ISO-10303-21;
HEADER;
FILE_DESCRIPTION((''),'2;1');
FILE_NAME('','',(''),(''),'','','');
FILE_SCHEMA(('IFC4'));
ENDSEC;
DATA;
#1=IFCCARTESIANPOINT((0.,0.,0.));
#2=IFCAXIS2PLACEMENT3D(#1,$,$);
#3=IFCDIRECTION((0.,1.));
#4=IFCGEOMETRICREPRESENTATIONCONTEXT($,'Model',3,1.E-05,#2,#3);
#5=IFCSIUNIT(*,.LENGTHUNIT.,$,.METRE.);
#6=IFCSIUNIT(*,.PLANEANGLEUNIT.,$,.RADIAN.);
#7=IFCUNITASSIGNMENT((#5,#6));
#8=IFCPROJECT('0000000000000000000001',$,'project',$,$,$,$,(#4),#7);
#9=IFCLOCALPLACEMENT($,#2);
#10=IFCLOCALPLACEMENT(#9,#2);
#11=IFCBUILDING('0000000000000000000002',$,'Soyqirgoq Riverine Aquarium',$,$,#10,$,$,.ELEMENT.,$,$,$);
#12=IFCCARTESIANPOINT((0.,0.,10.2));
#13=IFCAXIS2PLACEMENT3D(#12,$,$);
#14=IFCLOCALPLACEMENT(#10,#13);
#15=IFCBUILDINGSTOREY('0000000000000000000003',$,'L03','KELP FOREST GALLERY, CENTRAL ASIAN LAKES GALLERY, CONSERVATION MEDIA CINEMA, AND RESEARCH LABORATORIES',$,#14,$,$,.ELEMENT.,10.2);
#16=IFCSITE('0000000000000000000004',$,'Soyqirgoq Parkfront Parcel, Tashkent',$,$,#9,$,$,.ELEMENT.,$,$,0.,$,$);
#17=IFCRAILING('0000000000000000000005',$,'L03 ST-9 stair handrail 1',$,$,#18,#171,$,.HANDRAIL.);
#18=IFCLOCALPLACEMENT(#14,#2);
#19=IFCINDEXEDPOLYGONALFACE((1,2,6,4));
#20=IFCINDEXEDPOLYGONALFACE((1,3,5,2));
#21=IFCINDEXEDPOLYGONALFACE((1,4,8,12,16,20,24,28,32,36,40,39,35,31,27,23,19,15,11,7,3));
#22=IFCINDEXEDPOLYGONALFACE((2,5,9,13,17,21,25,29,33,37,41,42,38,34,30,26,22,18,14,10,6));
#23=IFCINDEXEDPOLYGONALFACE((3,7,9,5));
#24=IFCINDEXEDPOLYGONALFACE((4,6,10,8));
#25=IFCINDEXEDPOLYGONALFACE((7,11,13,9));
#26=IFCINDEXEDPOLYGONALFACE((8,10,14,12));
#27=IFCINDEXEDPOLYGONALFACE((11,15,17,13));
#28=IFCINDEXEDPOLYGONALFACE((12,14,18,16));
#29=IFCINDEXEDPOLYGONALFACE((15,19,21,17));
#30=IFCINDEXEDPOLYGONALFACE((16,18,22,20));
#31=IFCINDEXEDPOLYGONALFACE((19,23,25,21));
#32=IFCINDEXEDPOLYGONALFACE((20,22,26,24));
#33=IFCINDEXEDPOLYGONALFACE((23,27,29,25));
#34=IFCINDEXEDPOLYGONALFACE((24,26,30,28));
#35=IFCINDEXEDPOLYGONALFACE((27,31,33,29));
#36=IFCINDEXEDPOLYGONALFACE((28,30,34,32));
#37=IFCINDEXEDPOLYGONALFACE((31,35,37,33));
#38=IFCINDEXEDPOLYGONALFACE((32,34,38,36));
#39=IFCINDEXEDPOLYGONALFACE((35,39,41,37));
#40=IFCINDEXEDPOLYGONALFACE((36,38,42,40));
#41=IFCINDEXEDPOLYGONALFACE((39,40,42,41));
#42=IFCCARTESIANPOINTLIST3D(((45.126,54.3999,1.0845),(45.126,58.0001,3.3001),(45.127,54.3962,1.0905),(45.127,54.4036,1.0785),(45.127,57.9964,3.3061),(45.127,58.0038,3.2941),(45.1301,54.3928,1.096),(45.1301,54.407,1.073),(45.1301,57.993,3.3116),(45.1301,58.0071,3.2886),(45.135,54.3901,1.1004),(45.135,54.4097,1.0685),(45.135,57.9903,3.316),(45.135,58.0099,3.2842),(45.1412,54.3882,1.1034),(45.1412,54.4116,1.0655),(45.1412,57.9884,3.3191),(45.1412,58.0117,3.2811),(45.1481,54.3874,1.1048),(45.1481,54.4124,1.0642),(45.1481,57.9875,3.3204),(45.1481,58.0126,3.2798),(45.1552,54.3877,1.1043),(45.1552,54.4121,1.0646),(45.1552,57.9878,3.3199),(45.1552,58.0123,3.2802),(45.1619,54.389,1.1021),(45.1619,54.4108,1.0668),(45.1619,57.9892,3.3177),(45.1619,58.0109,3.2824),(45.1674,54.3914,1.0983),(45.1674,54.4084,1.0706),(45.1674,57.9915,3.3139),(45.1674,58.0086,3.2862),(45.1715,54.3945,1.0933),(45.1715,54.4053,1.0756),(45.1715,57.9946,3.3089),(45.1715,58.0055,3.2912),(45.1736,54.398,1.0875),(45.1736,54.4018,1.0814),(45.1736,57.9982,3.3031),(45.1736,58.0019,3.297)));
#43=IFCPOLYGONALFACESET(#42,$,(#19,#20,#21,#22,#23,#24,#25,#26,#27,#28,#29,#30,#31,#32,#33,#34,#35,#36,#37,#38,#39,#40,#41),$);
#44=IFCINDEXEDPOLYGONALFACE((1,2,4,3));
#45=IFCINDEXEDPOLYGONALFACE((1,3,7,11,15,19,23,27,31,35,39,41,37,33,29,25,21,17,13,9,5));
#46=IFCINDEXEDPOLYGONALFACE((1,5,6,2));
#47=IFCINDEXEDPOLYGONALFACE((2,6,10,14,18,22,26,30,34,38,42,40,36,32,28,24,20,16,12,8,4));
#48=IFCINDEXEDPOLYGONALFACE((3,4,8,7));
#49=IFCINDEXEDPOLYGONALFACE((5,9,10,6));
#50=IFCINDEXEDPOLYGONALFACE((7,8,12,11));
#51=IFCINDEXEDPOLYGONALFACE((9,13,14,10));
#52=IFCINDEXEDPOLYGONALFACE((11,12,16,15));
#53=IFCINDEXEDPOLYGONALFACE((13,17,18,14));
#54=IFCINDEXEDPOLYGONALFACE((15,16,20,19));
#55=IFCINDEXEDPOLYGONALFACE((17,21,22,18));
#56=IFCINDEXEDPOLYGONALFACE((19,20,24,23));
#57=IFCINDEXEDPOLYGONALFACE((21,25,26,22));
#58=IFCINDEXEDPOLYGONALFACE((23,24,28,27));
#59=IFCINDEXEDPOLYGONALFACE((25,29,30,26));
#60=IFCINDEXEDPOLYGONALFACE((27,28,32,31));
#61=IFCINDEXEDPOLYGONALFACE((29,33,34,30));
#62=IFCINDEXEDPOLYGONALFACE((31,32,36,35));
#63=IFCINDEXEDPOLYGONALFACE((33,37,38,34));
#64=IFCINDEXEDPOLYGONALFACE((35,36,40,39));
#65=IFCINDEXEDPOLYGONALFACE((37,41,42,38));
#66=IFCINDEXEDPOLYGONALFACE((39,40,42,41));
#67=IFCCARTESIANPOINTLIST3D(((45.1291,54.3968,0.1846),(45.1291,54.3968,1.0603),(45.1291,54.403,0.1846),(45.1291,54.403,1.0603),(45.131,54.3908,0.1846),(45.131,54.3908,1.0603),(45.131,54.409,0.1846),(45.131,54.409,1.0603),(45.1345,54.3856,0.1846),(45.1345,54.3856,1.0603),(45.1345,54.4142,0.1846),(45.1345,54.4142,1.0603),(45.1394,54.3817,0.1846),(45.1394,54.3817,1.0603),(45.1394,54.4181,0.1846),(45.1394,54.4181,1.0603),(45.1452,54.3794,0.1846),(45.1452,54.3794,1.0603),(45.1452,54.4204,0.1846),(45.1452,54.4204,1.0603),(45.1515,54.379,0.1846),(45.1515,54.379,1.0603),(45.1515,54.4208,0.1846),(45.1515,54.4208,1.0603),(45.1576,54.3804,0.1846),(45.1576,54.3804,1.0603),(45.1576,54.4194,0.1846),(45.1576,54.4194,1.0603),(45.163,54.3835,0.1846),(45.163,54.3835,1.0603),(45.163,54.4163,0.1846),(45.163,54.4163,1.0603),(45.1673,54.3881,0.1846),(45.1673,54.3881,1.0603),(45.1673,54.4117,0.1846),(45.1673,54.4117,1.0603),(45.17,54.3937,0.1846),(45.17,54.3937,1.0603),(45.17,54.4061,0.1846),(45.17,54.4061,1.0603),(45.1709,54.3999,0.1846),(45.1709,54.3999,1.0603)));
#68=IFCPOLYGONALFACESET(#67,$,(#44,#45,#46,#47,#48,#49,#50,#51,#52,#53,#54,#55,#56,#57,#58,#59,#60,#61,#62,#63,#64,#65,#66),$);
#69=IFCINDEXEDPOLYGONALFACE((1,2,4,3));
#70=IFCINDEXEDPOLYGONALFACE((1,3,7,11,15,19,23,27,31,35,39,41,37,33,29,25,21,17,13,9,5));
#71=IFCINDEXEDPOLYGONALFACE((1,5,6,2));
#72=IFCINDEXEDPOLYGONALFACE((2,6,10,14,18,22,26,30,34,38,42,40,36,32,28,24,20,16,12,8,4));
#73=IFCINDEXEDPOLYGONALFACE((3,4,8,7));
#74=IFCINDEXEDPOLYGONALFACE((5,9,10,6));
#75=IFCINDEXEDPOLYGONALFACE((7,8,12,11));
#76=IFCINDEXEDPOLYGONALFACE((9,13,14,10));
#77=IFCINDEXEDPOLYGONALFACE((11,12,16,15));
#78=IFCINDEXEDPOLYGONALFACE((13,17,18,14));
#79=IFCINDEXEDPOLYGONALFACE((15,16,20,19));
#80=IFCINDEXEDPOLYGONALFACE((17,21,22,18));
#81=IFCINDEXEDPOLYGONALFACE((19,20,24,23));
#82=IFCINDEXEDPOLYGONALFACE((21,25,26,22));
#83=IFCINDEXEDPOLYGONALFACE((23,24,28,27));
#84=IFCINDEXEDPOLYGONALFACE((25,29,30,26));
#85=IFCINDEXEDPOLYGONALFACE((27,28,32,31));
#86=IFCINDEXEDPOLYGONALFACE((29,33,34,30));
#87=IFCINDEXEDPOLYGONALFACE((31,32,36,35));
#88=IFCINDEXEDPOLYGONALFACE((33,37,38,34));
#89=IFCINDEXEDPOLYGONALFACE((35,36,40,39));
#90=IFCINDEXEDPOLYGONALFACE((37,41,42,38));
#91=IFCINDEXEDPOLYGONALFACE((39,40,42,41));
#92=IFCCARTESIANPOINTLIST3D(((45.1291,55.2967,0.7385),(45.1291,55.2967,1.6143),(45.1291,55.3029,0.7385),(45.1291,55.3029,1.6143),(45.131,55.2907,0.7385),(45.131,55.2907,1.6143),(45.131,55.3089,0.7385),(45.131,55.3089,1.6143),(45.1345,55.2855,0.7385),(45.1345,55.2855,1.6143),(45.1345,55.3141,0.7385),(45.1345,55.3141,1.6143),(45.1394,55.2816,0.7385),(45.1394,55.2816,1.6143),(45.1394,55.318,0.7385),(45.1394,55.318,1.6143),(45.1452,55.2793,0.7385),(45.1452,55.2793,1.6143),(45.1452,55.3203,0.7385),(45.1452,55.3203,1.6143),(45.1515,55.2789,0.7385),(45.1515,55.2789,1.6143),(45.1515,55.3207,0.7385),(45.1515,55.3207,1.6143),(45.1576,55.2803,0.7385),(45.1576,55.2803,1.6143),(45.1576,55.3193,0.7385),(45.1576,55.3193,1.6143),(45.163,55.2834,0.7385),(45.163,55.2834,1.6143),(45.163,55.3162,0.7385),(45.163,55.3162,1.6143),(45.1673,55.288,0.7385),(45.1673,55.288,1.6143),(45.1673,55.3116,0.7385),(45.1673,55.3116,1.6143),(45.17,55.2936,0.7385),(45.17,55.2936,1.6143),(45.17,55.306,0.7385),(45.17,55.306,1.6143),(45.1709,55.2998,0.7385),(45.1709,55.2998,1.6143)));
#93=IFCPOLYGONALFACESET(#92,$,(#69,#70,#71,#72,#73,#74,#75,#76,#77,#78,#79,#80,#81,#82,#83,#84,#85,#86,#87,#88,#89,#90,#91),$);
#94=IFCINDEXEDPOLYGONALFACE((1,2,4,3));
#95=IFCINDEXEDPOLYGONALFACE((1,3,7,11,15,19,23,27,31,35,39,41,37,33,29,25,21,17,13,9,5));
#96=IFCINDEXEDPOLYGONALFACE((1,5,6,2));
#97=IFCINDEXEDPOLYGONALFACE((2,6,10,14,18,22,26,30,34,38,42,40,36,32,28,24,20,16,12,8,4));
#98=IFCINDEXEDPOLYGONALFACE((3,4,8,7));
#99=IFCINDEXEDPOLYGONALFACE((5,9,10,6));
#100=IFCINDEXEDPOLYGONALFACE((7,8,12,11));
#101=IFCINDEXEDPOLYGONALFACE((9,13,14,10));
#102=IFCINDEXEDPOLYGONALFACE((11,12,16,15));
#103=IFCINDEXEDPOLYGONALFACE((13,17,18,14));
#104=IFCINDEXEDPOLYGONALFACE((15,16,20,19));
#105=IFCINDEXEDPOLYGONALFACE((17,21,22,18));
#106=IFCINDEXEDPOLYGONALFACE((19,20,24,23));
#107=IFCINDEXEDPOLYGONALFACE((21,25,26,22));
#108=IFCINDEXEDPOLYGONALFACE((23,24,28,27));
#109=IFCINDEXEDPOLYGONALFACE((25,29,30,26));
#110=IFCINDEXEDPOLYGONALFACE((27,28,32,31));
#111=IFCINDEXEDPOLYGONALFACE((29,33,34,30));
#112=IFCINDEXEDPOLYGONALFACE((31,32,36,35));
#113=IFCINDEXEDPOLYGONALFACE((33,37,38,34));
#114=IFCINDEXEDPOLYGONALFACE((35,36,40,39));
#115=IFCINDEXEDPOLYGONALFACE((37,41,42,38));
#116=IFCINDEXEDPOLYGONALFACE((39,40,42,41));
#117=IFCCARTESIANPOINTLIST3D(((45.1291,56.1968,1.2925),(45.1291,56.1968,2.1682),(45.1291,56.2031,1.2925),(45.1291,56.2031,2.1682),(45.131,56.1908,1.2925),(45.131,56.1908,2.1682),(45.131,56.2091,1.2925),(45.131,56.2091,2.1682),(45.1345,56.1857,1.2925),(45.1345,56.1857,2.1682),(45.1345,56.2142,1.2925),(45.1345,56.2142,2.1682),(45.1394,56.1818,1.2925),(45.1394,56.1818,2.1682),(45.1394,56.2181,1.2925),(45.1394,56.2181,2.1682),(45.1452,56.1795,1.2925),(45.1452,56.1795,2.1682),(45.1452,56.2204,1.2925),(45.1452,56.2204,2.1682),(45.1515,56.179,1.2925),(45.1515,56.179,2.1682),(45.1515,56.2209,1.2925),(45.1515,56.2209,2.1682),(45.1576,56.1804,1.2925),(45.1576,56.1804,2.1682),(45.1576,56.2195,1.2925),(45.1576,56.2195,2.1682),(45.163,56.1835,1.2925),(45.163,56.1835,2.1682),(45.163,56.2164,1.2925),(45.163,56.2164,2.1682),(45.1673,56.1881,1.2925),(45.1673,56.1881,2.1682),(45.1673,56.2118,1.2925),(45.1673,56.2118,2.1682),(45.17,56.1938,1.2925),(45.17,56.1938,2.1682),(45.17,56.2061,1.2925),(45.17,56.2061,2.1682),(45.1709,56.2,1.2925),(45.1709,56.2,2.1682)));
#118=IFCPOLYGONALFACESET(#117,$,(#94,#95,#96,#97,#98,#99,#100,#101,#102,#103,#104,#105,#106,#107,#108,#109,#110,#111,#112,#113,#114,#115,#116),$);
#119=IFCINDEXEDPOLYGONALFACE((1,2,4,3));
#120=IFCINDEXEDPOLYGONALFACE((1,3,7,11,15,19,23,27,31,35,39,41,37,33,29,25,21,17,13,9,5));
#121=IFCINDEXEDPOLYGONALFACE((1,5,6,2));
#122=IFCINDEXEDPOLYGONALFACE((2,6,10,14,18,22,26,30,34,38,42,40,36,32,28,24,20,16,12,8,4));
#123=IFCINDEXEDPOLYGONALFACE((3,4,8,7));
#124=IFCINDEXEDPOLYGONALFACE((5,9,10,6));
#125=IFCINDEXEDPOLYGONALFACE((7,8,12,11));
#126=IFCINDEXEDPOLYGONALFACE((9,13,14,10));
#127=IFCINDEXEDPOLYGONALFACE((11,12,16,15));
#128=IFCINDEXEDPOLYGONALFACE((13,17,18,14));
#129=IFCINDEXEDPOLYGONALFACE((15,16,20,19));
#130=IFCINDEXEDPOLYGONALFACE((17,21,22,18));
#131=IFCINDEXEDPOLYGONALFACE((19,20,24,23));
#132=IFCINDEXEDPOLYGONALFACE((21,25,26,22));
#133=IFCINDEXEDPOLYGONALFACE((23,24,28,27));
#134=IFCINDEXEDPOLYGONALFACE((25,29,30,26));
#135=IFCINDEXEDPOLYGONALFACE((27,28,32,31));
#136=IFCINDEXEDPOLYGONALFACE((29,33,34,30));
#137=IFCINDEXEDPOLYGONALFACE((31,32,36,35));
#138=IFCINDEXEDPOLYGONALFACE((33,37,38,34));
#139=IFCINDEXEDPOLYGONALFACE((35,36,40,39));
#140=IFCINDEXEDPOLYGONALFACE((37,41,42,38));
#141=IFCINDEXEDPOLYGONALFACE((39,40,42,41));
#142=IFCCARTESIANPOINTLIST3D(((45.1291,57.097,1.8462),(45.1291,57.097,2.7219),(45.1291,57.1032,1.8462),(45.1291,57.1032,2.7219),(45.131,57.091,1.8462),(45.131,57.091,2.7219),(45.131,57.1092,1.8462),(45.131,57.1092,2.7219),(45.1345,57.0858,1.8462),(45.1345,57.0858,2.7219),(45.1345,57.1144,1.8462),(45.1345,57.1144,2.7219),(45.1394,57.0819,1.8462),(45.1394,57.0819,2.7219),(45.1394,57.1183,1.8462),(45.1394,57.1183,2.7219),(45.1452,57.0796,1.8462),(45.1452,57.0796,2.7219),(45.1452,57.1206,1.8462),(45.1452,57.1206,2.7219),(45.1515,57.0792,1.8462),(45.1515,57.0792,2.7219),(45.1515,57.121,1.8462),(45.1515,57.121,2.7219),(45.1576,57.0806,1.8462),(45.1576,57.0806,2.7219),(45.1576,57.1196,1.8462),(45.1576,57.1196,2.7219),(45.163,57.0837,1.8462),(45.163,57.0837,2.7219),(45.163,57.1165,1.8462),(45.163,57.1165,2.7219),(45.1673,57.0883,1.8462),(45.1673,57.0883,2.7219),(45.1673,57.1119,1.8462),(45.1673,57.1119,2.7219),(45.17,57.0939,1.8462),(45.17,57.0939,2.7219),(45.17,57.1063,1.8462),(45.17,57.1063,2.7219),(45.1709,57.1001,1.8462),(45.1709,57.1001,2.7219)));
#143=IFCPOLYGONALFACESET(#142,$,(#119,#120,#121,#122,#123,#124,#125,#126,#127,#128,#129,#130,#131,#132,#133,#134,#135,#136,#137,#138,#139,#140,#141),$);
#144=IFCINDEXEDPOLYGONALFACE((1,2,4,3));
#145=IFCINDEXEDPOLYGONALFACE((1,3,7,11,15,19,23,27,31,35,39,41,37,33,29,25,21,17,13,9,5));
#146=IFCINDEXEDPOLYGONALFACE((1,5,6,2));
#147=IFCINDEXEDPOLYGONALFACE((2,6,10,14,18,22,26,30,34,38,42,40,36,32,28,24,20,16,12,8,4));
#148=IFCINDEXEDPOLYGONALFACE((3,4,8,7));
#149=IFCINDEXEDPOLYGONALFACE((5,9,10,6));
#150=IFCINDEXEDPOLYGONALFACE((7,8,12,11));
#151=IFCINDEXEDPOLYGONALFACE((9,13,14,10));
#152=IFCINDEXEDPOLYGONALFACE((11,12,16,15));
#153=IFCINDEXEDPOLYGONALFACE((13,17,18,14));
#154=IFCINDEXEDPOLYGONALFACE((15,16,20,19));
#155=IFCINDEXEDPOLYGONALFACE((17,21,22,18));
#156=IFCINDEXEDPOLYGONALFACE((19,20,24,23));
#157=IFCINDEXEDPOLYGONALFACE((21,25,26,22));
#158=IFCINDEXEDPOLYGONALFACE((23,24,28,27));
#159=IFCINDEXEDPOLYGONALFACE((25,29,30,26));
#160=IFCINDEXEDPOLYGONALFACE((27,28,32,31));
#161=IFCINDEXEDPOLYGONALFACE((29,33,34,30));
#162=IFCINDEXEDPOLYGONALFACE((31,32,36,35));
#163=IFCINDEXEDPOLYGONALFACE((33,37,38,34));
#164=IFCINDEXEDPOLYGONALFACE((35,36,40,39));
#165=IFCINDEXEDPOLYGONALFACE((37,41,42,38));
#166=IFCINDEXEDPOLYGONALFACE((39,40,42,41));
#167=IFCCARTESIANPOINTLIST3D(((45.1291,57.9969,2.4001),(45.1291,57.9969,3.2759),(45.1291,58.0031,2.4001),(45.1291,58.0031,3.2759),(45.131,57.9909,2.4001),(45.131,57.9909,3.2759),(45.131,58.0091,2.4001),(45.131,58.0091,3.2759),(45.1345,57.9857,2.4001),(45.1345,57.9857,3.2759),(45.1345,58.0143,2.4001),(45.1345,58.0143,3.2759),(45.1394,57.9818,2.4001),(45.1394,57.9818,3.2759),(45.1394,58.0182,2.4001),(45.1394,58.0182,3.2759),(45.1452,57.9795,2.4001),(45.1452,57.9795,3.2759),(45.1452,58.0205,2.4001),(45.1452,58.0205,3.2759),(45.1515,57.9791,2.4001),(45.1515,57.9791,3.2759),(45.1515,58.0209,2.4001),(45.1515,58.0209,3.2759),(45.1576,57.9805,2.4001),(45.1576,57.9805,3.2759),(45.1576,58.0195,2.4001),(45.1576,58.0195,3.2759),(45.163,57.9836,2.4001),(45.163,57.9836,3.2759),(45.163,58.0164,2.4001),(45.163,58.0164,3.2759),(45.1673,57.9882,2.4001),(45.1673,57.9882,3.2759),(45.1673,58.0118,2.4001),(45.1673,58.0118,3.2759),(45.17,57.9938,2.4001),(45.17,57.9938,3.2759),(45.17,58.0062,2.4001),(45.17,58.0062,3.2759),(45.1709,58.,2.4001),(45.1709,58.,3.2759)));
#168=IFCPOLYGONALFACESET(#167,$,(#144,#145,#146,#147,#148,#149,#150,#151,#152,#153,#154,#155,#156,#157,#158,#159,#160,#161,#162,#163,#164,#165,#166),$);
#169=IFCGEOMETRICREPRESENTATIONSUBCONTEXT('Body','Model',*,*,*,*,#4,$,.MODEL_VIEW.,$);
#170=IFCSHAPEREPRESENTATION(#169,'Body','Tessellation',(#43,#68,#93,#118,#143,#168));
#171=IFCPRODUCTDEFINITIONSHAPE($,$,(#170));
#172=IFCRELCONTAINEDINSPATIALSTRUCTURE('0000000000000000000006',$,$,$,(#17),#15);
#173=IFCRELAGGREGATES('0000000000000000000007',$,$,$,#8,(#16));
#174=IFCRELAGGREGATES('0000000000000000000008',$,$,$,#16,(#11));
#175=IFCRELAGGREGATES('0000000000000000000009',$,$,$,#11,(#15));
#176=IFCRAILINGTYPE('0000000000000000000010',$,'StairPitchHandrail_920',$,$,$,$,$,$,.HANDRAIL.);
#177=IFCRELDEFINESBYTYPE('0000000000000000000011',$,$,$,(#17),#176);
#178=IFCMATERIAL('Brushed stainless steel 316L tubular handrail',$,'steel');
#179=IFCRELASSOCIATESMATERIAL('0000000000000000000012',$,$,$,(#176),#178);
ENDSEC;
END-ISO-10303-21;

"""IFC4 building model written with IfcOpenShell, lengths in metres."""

from ifc_helpers import new_model, si_unit, direction, frame, origin, origin_2d, place, context, subcontext, project, spatial, circle, extrude, material, type_object, element, save


model = new_model("IFC4")

# Units and contexts
model_context = context("Model", 3, precision=1e-05, world=origin(), true_north=direction((0.0, 1.0)))
body_context = subcontext(model_context, "Body", "Model", "MODEL_VIEW")
ifc_project = project(units=[si_unit("LENGTHUNIT", "METRE"), si_unit("PLANEANGLEUNIT", "RADIAN")], contexts=[model_context])

# Site, building, storey
site_placement = place(None, origin())
site = spatial("IfcSite", under=ifc_project, at=site_placement, Name="Soyqirgoq Parkfront Parcel, Tashkent", CompositionType="ELEMENT", RefElevation=0.0)
building_placement = place(site_placement, origin())
building = spatial("IfcBuilding", under=site, at=building_placement, Name="Soyqirgoq Riverine Aquarium", CompositionType="ELEMENT")
storey_placement = place(building_placement, frame((0.0, 0.0, 10.2)))
storey = spatial("IfcBuildingStorey", under=building, at=storey_placement, Name="L03", Description="KELP FOREST GALLERY, CENTRAL ASIAN LAKES GALLERY, CONSERVATION MEDIA CINEMA, AND RESEARCH LABORATORIES", CompositionType="ELEMENT", Elevation=10.2)

# Railing
ifc_material_1 = material(Name="Brushed stainless steel 316L tubular handrail", Category="steel")
railing_type_1 = type_object("IfcRailingType", Name="StairPitchHandrail_920", PredefinedType="HANDRAIL", material=ifc_material_1)
railing_1_placement = place(storey_placement, frame((45.1499, 54.3999, 0.1846)))
element("IfcRailing", 1, at=railing_1_placement, inside=storey, type_object=railing_type_1, Name="L03 ST-9 stair handrail 1", PredefinedType="HANDRAIL", context=body_context, shape_type="SweptSolid", body=[
    extrude(circle(Radius=0.0239, at=origin_2d()), frame((0.0, 0.0, 0.8999), z_axis=(0.0, 0.851644, 0.52412), x_axis=(-1.0, 0.0, 0.0)), (0.0, 0.0, 1.0), 4.2273),
    extrude(circle(Radius=0.021, at=origin_2d()), origin(), (0.0, 0.0, 1.0), 0.8757),
    extrude(circle(Radius=0.021, at=origin_2d()), frame((0.0, 0.8999, 0.554)), (0.0, 0.0, 1.0), 0.8757),
    extrude(circle(Radius=0.021, at=origin_2d()), frame((0.0, 1.8, 1.1079)), (0.0, 0.0, 1.0), 0.8757),
    extrude(circle(Radius=0.021, at=origin_2d()), frame((0.0, 2.7002, 1.6616)), (0.0, 0.0, 1.0), 0.8757),
    extrude(circle(Radius=0.021, at=origin_2d()), frame((0.0, 3.6001, 2.2156)), (0.0, 0.0, 1.0), 0.8757),
])

save(model, "model.ifc")
